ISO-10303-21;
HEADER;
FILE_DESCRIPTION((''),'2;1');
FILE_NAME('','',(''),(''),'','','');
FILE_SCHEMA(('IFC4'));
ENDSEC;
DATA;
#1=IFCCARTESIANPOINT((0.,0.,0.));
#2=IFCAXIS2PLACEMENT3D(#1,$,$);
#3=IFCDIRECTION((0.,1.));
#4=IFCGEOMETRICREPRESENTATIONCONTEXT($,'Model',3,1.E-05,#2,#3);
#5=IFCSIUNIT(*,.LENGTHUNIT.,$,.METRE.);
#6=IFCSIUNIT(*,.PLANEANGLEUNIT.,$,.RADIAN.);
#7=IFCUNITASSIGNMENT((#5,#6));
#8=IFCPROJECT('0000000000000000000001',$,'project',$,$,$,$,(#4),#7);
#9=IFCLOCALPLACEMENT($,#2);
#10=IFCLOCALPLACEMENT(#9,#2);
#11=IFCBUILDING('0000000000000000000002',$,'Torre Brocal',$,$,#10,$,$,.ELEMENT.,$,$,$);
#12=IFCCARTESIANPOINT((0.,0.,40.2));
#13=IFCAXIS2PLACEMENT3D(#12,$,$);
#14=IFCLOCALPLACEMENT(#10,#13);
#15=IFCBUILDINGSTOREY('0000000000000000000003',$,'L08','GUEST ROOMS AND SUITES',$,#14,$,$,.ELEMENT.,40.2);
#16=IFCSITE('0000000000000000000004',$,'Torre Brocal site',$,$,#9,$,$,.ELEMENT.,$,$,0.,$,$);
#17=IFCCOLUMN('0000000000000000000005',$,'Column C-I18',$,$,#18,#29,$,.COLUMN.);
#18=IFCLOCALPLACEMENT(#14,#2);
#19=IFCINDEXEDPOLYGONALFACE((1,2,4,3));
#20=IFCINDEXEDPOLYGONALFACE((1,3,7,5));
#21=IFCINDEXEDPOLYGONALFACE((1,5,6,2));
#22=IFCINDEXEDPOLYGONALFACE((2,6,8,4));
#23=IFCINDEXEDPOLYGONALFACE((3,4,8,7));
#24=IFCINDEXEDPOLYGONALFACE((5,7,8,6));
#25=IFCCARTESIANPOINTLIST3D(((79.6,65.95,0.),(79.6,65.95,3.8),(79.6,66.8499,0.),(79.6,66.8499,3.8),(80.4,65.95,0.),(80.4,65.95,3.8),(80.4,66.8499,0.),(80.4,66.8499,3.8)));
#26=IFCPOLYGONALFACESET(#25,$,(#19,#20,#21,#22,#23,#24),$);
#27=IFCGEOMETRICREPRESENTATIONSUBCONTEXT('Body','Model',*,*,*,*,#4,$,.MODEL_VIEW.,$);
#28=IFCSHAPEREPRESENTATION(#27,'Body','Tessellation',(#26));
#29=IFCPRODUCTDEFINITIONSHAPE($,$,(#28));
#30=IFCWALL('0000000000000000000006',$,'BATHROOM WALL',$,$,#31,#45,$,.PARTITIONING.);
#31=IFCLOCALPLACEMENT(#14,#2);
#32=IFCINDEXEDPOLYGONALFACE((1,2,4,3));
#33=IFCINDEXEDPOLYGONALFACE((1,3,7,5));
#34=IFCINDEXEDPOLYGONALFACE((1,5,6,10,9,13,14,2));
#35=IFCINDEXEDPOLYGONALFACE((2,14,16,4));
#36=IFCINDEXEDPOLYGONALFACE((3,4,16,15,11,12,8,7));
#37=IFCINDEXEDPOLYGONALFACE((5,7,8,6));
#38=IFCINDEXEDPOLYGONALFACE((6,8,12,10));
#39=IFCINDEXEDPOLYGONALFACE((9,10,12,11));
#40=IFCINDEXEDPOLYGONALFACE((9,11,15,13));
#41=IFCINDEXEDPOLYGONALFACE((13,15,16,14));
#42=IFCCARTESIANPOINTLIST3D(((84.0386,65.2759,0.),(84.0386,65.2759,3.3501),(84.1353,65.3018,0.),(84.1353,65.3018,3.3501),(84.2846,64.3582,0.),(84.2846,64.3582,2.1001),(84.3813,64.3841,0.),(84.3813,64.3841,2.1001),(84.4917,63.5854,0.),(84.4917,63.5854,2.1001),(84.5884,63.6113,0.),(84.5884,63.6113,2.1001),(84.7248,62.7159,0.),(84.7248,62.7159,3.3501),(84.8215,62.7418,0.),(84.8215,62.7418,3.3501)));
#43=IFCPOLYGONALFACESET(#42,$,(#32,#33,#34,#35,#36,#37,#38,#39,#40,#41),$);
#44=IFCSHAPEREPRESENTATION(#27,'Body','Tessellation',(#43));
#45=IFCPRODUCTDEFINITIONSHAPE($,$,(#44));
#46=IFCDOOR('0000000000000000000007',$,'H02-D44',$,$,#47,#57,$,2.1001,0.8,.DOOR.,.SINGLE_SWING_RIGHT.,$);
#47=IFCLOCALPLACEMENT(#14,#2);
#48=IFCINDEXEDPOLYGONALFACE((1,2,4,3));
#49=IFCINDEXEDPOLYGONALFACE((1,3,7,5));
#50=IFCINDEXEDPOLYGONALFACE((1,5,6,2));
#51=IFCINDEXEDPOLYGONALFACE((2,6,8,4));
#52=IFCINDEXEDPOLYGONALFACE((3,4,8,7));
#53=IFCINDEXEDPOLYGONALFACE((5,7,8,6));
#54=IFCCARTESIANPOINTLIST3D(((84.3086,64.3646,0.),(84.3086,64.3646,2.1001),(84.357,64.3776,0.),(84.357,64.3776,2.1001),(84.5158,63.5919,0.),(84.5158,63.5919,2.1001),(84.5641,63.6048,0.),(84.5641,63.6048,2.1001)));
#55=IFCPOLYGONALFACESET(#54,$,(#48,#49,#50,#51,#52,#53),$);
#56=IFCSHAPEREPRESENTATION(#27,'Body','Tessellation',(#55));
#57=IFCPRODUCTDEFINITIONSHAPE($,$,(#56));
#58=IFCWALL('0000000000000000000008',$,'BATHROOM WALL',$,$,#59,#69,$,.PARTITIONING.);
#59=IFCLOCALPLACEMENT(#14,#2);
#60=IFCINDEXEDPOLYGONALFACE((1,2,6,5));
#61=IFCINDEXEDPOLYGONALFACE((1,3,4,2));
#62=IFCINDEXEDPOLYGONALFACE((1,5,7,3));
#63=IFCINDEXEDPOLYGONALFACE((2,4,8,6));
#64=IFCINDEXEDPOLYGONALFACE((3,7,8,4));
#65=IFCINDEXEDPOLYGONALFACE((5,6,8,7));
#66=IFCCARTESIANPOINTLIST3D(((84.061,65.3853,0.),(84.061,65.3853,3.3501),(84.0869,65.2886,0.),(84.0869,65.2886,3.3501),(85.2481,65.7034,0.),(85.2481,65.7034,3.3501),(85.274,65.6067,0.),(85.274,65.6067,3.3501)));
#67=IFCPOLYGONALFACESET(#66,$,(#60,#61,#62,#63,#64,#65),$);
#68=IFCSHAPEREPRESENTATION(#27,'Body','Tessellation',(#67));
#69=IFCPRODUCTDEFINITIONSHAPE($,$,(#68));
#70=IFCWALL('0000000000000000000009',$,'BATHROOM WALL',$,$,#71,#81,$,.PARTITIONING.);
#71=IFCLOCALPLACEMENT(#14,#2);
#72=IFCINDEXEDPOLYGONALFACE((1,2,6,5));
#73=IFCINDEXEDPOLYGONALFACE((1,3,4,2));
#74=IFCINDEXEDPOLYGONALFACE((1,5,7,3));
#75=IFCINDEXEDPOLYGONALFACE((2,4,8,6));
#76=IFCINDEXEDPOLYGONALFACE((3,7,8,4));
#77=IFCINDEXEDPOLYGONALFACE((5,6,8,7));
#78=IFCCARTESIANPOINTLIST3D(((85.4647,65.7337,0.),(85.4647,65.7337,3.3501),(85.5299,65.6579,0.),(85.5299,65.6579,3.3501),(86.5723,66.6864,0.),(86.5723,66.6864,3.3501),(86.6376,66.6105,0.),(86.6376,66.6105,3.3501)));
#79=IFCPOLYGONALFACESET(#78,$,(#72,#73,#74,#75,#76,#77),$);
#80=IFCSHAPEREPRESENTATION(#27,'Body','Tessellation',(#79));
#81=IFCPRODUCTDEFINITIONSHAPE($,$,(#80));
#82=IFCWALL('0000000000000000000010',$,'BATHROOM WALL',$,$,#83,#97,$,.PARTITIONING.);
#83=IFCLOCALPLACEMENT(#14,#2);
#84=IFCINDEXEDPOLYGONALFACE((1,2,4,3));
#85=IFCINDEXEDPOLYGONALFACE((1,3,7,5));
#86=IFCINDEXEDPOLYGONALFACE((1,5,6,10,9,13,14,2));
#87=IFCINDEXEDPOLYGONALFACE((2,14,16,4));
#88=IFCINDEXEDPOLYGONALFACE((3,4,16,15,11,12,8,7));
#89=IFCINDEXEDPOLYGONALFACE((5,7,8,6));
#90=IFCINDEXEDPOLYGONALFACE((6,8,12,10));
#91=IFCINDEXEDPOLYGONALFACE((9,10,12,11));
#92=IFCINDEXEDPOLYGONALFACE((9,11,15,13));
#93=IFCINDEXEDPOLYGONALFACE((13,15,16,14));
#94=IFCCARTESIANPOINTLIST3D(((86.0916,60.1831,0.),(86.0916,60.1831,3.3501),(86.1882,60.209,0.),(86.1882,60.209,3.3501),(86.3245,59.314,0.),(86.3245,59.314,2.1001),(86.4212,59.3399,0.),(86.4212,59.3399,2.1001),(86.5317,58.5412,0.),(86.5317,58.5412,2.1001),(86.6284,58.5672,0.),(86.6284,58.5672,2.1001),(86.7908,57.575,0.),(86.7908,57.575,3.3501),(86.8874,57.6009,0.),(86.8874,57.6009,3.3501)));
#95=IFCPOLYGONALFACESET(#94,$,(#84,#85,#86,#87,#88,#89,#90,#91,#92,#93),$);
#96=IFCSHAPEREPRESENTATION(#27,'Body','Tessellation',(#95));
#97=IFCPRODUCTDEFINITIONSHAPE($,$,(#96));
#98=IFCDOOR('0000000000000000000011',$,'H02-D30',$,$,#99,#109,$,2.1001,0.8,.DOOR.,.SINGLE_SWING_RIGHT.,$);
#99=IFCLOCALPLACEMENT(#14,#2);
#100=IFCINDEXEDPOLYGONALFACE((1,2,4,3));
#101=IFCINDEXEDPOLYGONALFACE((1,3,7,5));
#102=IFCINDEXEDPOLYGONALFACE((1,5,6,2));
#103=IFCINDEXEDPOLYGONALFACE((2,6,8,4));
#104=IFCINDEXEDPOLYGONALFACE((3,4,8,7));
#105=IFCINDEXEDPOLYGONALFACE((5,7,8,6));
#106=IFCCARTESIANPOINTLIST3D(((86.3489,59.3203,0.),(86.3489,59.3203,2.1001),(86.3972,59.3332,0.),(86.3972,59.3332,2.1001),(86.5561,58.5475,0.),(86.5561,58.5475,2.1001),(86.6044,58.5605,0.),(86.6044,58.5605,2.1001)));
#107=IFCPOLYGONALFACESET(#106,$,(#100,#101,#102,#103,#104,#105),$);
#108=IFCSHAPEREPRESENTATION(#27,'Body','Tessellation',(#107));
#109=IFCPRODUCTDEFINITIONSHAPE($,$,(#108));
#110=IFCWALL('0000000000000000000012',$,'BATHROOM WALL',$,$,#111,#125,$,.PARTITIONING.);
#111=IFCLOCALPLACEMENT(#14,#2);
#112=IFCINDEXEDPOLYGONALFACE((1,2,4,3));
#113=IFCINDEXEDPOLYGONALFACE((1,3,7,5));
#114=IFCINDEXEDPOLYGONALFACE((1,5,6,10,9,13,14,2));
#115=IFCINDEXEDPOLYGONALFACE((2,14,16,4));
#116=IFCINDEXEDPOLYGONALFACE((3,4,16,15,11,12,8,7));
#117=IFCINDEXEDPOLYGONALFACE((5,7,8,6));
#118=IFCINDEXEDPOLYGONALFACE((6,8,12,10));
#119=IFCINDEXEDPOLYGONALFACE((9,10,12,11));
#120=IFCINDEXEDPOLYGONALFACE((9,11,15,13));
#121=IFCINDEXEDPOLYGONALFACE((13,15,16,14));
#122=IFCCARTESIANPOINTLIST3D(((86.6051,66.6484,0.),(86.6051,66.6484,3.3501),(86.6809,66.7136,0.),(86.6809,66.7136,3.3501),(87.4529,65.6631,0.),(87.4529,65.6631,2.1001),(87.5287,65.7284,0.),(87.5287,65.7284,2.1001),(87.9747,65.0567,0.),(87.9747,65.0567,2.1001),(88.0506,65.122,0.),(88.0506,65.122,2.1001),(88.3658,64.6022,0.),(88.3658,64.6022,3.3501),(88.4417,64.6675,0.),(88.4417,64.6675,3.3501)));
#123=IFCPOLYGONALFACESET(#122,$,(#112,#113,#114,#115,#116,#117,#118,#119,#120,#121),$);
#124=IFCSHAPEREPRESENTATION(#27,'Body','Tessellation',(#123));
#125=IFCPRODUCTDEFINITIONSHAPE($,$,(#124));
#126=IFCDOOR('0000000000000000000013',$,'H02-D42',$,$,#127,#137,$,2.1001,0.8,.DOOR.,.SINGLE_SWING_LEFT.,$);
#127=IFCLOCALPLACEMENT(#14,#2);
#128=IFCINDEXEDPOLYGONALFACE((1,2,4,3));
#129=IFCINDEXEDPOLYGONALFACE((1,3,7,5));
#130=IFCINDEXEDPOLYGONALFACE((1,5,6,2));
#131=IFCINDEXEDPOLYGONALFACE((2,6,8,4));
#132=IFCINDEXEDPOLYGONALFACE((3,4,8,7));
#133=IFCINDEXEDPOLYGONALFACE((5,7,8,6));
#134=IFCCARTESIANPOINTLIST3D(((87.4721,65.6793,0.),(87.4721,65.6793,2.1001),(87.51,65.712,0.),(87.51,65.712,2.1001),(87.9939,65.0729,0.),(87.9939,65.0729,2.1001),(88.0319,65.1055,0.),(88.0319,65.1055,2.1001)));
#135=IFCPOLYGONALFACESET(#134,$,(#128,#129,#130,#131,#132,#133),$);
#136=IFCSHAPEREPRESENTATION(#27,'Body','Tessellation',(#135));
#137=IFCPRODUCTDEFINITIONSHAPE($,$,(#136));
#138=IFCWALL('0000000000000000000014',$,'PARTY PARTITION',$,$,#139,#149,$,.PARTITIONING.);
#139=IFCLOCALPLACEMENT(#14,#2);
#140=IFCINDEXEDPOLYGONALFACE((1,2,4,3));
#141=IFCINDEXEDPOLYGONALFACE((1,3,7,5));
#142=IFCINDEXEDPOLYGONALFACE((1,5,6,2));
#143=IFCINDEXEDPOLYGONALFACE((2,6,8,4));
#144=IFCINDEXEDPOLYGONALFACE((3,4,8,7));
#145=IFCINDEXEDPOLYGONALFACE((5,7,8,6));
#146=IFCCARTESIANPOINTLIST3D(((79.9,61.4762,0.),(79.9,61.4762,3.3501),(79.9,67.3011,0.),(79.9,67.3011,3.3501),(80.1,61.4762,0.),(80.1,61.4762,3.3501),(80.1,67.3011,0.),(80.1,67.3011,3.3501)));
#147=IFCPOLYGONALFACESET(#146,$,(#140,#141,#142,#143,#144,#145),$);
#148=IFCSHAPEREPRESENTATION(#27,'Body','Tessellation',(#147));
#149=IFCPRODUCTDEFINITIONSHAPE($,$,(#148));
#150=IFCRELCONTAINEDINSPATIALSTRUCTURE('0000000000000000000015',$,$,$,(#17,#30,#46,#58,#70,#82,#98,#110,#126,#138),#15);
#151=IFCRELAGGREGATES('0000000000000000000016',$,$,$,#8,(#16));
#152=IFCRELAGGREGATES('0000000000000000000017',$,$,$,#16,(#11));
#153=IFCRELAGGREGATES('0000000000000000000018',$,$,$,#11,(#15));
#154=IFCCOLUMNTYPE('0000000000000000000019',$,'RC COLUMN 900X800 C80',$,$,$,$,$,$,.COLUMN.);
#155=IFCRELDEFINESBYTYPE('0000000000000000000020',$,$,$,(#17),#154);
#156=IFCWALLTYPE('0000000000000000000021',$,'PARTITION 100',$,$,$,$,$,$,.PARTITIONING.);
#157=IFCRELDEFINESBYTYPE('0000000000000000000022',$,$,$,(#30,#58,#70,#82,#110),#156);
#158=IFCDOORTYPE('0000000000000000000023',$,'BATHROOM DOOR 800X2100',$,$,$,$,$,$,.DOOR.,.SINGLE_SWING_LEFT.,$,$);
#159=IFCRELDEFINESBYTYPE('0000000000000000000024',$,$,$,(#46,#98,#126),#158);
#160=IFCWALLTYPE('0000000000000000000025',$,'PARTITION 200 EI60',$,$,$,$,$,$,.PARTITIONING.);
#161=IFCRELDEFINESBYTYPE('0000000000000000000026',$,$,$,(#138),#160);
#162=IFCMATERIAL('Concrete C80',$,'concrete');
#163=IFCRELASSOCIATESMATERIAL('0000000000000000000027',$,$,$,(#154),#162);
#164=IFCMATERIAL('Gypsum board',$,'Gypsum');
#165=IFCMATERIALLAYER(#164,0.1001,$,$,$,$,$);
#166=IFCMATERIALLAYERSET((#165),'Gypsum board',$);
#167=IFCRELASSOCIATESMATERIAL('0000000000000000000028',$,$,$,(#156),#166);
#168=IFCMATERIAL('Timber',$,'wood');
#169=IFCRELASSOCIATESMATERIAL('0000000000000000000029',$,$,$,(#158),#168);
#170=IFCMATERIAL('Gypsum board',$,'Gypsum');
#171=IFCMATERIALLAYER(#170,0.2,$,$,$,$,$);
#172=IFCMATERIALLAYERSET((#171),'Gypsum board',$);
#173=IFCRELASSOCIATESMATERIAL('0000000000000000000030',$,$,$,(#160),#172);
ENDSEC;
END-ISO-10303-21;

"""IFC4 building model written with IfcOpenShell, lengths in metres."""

from ifc_helpers import new_model, si_unit, direction, frame, frame_2d, origin, origin_2d, place, context, subcontext, project, spatial, rectangle, extrude, material, layer, layer_set, material_profile, profile_set, type_object, element, fill, save


model = new_model("IFC4")

# Units and contexts
model_context = context("Model", 3, precision=1e-05, world=origin(), true_north=direction((0.0, 1.0)))
body_context = subcontext(model_context, "Body", "Model", "MODEL_VIEW")
ifc_project = project(units=[si_unit("LENGTHUNIT", "METRE"), si_unit("PLANEANGLEUNIT", "RADIAN")], contexts=[model_context])

# Site, building, storey
site_placement = place(None, origin())
site = spatial("IfcSite", under=ifc_project, at=site_placement, Name="Torre Brocal site", CompositionType="ELEMENT", RefElevation=0.0)
building_placement = place(site_placement, origin())
building = spatial("IfcBuilding", under=site, at=building_placement, Name="Torre Brocal", CompositionType="ELEMENT")
storey_placement = place(building_placement, frame((0.0, 0.0, 40.2)))
storey = spatial("IfcBuildingStorey", under=building, at=storey_placement, Name="L08", Description="GUEST ROOMS AND SUITES", CompositionType="ELEMENT", Elevation=40.2)

# Column
ifc_material_1 = material(Name="Concrete C80", Category="concrete")
ifc_material_profile = material_profile(ifc_material_1, rectangle(XDim=0.8999, YDim=0.8, at=origin_2d()), Name="RC 900X800")
ifc_profile_set = profile_set([ifc_material_profile], Name="Concrete C80")
column_type = type_object("IfcColumnType", Name="RC COLUMN 900X800 C80", PredefinedType="COLUMN", material=ifc_profile_set)
column_placement = place(storey_placement, frame((80.0, 66.3999, 0.0), z_axis=(0.0, 0.0, 1.0), x_axis=(0.0, -1.0, 0.0)))
element("IfcColumn", 1, at=column_placement, inside=storey, type_object=column_type, Name="Column C-I18", PredefinedType="COLUMN", context=body_context, shape_type="SweptSolid", body=[
    extrude(rectangle(XDim=0.8999, YDim=0.8, at=origin_2d()), origin(), (0.0, 0.0, 1.0), 3.8),
])

# Wall, opening, door
ifc_material_2 = material(Name="Gypsum board", Category="Gypsum")
ifc_layer_1 = layer(ifc_material_2, 0.1001)
ifc_layer_set_1 = layer_set([ifc_layer_1], Name="Gypsum board")
wall_type_1 = type_object("IfcWallType", Name="PARTITION 100", PredefinedType="PARTITIONING", material=ifc_layer_set_1)
wall_1_placement = place(storey_placement, frame((84.0869, 65.2888, 0.0), z_axis=(0.0, 0.0, 1.0), x_axis=(0.258929, -0.965896, 0.0)))
wall_1 = element("IfcWall", 2, at=wall_1_placement, inside=storey, type_object=wall_type_1, Name="BATHROOM WALL", PredefinedType="PARTITIONING", context=body_context, shape_type="SweptSolid", body=[
    extrude(rectangle(XDim=2.6504, YDim=0.1001, at=frame_2d((1.3252, 0.0))), origin(), (0.0, 0.0, 1.0), 3.3501),
])
opening_1_placement = place(wall_1_placement, frame((0.9502, 0.0, 0.0)))
opening_1 = element("IfcOpeningElement", 3, at=opening_1_placement, cuts=wall_1, PredefinedType="OPENING", context=body_context, shape_type="SweptSolid", body=[
    extrude(rectangle(XDim=0.8, YDim=2.1001, at=frame_2d((0.3999, 1.05))), frame((0.0, 0.0601, 0.0), z_axis=(0.0, -1.0, 0.0), x_axis=(1.0, 0.0, 0.0)), (0.0, 0.0, 1.0), 0.1201),
])
ifc_material_3 = material(Name="Timber", Category="wood")
door_type_1 = type_object("IfcDoorType", Name="BATHROOM DOOR 800X2100", OperationType="SINGLE_SWING_LEFT", PredefinedType="DOOR", material=ifc_material_3)
door_1_placement = place(opening_1_placement, origin())
door_1 = element("IfcDoor", 4, at=door_1_placement, inside=storey, type_object=door_type_1, Name="H02-D44", OperationType="SINGLE_SWING_RIGHT", OverallHeight=2.1001, OverallWidth=0.8, PredefinedType="DOOR", context=body_context, shape_type="SweptSolid", body=[
    extrude(rectangle(XDim=0.8, YDim=2.1001, at=frame_2d((0.3999, 1.05))), frame((0.0, 0.0249, 0.0), z_axis=(0.0, -1.0, 0.0), x_axis=(1.0, 0.0, 0.0)), (0.0, 0.0, 1.0), 0.05),
])
fill(opening_1, door_1)

# Walls
wall_2_placement = place(storey_placement, frame((84.074, 65.3369, 0.0), z_axis=(0.0, 0.0, 1.0), x_axis=(0.965914, 0.258862, 0.0)))
element("IfcWall", 5, at=wall_2_placement, inside=storey, type_object=wall_type_1, Name="BATHROOM WALL", PredefinedType="PARTITIONING", context=body_context, shape_type="SweptSolid", body=[
    extrude(rectangle(XDim=1.229, YDim=0.1001, at=frame_2d((0.6145, 0.0))), origin(), (0.0, 0.0, 1.0), 3.3501),
])
wall_3_placement = place(storey_placement, frame((85.4973, 65.6958, 0.0), z_axis=(0.0, 0.0, 1.0), x_axis=(0.75817, 0.652057, 0.0)))
element("IfcWall", 6, at=wall_3_placement, inside=storey, type_object=wall_type_1, Name="BATHROOM WALL", PredefinedType="PARTITIONING", context=body_context, shape_type="SweptSolid", body=[
    extrude(rectangle(XDim=1.4609, YDim=0.1001, at=frame_2d((0.7305, 0.0))), origin(), (0.0, 0.0, 1.0), 3.3501),
])

# Walls, openings, doors
wall_4_placement = place(storey_placement, frame((86.1399, 60.196, 0.0), z_axis=(0.0, 0.0, 1.0), x_axis=(0.258945, -0.965892, 0.0)))
wall_4 = element("IfcWall", 7, at=wall_4_placement, inside=storey, type_object=wall_type_1, Name="BATHROOM WALL", PredefinedType="PARTITIONING", context=body_context, shape_type="SweptSolid", body=[
    extrude(rectangle(XDim=2.7002, YDim=0.1001, at=frame_2d((1.3501, 0.0))), origin(), (0.0, 0.0, 1.0), 3.3501),
])
opening_2_placement = place(wall_4_placement, frame((0.8999, 0.0, 0.0)))
opening_2 = element("IfcOpeningElement", 8, at=opening_2_placement, cuts=wall_4, PredefinedType="OPENING", context=body_context, shape_type="SweptSolid", body=[
    extrude(rectangle(XDim=0.8, YDim=2.1001, at=frame_2d((0.3999, 1.05))), frame((0.0, 0.0601, 0.0), z_axis=(0.0, -1.0, 0.0), x_axis=(1.0, 0.0, 0.0)), (0.0, 0.0, 1.0), 0.1201),
])
door_2_placement = place(opening_2_placement, frame((0.8, 0.0, 0.0), z_axis=(0.0, 0.0, 1.0), x_axis=(-1.0, 0.0, 0.0)))
door_2 = element("IfcDoor", 9, at=door_2_placement, inside=storey, type_object=door_type_1, Name="H02-D30", OperationType="SINGLE_SWING_RIGHT", OverallHeight=2.1001, OverallWidth=0.8, PredefinedType="DOOR", context=body_context, shape_type="SweptSolid", body=[
    extrude(rectangle(XDim=0.8, YDim=2.1001, at=frame_2d((0.3999, 1.05))), frame((0.0, 0.0249, 0.0), z_axis=(0.0, -1.0, 0.0), x_axis=(1.0, 0.0, 0.0)), (0.0, 0.0, 1.0), 0.05),
])
fill(opening_2, door_2)
wall_5_placement = place(storey_placement, frame((86.6431, 66.6809, 0.0), z_axis=(0.0, 0.0, 1.0), x_axis=(0.652265, -0.757991, 0.0)))
wall_5 = element("IfcWall", 10, at=wall_5_placement, inside=storey, type_object=wall_type_1, Name="BATHROOM WALL", PredefinedType="PARTITIONING", context=body_context, shape_type="SweptSolid", body=[
    extrude(rectangle(XDim=2.6995, YDim=0.1001, at=frame_2d((1.3496, 0.0))), origin(), (0.0, 0.0, 1.0), 3.3501),
])
opening_3_placement = place(wall_5_placement, frame((1.2998, 0.0, 0.0)))
opening_3 = element("IfcOpeningElement", 11, at=opening_3_placement, cuts=wall_5, PredefinedType="OPENING", context=body_context, shape_type="SweptSolid", body=[
    extrude(rectangle(XDim=0.8, YDim=2.1001, at=frame_2d((0.3999, 1.05))), frame((0.0, 0.0601, 0.0), z_axis=(0.0, -1.0, 0.0), x_axis=(1.0, 0.0, 0.0)), (0.0, 0.0, 1.0), 0.1201),
])
door_3_placement = place(opening_3_placement, frame((0.8, 0.0, 0.0), z_axis=(0.0, 0.0, 1.0), x_axis=(-1.0, 0.0, 0.0)))
door_3 = element("IfcDoor", 12, at=door_3_placement, inside=storey, type_object=door_type_1, Name="H02-D42", OperationType="SINGLE_SWING_LEFT", OverallHeight=2.1001, OverallWidth=0.8, PredefinedType="DOOR", context=body_context, shape_type="SweptSolid", body=[
    extrude(rectangle(XDim=0.8, YDim=2.1001, at=frame_2d((0.3999, 1.05))), frame((0.0, 0.0249, 0.0), z_axis=(0.0, -1.0, 0.0), x_axis=(1.0, 0.0, 0.0)), (0.0, 0.0, 1.0), 0.05),
])
fill(opening_3, door_3)

# Wall
ifc_material_4 = material(Name="Gypsum board", Category="Gypsum")
ifc_layer_2 = layer(ifc_material_4, 0.2)
ifc_layer_set_2 = layer_set([ifc_layer_2], Name="Gypsum board")
wall_type_2 = type_object("IfcWallType", Name="PARTITION 200 EI60", PredefinedType="PARTITIONING", material=ifc_layer_set_2)
wall_6_placement = place(storey_placement, frame((80.0, 61.4761, 0.0), z_axis=(0.0, 0.0, 1.0), x_axis=(0.0, 1.0, 0.0)))
element("IfcWall", 13, at=wall_6_placement, inside=storey, type_object=wall_type_2, Name="PARTY PARTITION", PredefinedType="PARTITIONING", context=body_context, shape_type="SweptSolid", body=[
    extrude(rectangle(XDim=5.825, YDim=0.2, at=frame_2d((2.9126, 0.0))), origin(), (0.0, 0.0, 1.0), 3.3501),
])

save(model, "model.ifc")
